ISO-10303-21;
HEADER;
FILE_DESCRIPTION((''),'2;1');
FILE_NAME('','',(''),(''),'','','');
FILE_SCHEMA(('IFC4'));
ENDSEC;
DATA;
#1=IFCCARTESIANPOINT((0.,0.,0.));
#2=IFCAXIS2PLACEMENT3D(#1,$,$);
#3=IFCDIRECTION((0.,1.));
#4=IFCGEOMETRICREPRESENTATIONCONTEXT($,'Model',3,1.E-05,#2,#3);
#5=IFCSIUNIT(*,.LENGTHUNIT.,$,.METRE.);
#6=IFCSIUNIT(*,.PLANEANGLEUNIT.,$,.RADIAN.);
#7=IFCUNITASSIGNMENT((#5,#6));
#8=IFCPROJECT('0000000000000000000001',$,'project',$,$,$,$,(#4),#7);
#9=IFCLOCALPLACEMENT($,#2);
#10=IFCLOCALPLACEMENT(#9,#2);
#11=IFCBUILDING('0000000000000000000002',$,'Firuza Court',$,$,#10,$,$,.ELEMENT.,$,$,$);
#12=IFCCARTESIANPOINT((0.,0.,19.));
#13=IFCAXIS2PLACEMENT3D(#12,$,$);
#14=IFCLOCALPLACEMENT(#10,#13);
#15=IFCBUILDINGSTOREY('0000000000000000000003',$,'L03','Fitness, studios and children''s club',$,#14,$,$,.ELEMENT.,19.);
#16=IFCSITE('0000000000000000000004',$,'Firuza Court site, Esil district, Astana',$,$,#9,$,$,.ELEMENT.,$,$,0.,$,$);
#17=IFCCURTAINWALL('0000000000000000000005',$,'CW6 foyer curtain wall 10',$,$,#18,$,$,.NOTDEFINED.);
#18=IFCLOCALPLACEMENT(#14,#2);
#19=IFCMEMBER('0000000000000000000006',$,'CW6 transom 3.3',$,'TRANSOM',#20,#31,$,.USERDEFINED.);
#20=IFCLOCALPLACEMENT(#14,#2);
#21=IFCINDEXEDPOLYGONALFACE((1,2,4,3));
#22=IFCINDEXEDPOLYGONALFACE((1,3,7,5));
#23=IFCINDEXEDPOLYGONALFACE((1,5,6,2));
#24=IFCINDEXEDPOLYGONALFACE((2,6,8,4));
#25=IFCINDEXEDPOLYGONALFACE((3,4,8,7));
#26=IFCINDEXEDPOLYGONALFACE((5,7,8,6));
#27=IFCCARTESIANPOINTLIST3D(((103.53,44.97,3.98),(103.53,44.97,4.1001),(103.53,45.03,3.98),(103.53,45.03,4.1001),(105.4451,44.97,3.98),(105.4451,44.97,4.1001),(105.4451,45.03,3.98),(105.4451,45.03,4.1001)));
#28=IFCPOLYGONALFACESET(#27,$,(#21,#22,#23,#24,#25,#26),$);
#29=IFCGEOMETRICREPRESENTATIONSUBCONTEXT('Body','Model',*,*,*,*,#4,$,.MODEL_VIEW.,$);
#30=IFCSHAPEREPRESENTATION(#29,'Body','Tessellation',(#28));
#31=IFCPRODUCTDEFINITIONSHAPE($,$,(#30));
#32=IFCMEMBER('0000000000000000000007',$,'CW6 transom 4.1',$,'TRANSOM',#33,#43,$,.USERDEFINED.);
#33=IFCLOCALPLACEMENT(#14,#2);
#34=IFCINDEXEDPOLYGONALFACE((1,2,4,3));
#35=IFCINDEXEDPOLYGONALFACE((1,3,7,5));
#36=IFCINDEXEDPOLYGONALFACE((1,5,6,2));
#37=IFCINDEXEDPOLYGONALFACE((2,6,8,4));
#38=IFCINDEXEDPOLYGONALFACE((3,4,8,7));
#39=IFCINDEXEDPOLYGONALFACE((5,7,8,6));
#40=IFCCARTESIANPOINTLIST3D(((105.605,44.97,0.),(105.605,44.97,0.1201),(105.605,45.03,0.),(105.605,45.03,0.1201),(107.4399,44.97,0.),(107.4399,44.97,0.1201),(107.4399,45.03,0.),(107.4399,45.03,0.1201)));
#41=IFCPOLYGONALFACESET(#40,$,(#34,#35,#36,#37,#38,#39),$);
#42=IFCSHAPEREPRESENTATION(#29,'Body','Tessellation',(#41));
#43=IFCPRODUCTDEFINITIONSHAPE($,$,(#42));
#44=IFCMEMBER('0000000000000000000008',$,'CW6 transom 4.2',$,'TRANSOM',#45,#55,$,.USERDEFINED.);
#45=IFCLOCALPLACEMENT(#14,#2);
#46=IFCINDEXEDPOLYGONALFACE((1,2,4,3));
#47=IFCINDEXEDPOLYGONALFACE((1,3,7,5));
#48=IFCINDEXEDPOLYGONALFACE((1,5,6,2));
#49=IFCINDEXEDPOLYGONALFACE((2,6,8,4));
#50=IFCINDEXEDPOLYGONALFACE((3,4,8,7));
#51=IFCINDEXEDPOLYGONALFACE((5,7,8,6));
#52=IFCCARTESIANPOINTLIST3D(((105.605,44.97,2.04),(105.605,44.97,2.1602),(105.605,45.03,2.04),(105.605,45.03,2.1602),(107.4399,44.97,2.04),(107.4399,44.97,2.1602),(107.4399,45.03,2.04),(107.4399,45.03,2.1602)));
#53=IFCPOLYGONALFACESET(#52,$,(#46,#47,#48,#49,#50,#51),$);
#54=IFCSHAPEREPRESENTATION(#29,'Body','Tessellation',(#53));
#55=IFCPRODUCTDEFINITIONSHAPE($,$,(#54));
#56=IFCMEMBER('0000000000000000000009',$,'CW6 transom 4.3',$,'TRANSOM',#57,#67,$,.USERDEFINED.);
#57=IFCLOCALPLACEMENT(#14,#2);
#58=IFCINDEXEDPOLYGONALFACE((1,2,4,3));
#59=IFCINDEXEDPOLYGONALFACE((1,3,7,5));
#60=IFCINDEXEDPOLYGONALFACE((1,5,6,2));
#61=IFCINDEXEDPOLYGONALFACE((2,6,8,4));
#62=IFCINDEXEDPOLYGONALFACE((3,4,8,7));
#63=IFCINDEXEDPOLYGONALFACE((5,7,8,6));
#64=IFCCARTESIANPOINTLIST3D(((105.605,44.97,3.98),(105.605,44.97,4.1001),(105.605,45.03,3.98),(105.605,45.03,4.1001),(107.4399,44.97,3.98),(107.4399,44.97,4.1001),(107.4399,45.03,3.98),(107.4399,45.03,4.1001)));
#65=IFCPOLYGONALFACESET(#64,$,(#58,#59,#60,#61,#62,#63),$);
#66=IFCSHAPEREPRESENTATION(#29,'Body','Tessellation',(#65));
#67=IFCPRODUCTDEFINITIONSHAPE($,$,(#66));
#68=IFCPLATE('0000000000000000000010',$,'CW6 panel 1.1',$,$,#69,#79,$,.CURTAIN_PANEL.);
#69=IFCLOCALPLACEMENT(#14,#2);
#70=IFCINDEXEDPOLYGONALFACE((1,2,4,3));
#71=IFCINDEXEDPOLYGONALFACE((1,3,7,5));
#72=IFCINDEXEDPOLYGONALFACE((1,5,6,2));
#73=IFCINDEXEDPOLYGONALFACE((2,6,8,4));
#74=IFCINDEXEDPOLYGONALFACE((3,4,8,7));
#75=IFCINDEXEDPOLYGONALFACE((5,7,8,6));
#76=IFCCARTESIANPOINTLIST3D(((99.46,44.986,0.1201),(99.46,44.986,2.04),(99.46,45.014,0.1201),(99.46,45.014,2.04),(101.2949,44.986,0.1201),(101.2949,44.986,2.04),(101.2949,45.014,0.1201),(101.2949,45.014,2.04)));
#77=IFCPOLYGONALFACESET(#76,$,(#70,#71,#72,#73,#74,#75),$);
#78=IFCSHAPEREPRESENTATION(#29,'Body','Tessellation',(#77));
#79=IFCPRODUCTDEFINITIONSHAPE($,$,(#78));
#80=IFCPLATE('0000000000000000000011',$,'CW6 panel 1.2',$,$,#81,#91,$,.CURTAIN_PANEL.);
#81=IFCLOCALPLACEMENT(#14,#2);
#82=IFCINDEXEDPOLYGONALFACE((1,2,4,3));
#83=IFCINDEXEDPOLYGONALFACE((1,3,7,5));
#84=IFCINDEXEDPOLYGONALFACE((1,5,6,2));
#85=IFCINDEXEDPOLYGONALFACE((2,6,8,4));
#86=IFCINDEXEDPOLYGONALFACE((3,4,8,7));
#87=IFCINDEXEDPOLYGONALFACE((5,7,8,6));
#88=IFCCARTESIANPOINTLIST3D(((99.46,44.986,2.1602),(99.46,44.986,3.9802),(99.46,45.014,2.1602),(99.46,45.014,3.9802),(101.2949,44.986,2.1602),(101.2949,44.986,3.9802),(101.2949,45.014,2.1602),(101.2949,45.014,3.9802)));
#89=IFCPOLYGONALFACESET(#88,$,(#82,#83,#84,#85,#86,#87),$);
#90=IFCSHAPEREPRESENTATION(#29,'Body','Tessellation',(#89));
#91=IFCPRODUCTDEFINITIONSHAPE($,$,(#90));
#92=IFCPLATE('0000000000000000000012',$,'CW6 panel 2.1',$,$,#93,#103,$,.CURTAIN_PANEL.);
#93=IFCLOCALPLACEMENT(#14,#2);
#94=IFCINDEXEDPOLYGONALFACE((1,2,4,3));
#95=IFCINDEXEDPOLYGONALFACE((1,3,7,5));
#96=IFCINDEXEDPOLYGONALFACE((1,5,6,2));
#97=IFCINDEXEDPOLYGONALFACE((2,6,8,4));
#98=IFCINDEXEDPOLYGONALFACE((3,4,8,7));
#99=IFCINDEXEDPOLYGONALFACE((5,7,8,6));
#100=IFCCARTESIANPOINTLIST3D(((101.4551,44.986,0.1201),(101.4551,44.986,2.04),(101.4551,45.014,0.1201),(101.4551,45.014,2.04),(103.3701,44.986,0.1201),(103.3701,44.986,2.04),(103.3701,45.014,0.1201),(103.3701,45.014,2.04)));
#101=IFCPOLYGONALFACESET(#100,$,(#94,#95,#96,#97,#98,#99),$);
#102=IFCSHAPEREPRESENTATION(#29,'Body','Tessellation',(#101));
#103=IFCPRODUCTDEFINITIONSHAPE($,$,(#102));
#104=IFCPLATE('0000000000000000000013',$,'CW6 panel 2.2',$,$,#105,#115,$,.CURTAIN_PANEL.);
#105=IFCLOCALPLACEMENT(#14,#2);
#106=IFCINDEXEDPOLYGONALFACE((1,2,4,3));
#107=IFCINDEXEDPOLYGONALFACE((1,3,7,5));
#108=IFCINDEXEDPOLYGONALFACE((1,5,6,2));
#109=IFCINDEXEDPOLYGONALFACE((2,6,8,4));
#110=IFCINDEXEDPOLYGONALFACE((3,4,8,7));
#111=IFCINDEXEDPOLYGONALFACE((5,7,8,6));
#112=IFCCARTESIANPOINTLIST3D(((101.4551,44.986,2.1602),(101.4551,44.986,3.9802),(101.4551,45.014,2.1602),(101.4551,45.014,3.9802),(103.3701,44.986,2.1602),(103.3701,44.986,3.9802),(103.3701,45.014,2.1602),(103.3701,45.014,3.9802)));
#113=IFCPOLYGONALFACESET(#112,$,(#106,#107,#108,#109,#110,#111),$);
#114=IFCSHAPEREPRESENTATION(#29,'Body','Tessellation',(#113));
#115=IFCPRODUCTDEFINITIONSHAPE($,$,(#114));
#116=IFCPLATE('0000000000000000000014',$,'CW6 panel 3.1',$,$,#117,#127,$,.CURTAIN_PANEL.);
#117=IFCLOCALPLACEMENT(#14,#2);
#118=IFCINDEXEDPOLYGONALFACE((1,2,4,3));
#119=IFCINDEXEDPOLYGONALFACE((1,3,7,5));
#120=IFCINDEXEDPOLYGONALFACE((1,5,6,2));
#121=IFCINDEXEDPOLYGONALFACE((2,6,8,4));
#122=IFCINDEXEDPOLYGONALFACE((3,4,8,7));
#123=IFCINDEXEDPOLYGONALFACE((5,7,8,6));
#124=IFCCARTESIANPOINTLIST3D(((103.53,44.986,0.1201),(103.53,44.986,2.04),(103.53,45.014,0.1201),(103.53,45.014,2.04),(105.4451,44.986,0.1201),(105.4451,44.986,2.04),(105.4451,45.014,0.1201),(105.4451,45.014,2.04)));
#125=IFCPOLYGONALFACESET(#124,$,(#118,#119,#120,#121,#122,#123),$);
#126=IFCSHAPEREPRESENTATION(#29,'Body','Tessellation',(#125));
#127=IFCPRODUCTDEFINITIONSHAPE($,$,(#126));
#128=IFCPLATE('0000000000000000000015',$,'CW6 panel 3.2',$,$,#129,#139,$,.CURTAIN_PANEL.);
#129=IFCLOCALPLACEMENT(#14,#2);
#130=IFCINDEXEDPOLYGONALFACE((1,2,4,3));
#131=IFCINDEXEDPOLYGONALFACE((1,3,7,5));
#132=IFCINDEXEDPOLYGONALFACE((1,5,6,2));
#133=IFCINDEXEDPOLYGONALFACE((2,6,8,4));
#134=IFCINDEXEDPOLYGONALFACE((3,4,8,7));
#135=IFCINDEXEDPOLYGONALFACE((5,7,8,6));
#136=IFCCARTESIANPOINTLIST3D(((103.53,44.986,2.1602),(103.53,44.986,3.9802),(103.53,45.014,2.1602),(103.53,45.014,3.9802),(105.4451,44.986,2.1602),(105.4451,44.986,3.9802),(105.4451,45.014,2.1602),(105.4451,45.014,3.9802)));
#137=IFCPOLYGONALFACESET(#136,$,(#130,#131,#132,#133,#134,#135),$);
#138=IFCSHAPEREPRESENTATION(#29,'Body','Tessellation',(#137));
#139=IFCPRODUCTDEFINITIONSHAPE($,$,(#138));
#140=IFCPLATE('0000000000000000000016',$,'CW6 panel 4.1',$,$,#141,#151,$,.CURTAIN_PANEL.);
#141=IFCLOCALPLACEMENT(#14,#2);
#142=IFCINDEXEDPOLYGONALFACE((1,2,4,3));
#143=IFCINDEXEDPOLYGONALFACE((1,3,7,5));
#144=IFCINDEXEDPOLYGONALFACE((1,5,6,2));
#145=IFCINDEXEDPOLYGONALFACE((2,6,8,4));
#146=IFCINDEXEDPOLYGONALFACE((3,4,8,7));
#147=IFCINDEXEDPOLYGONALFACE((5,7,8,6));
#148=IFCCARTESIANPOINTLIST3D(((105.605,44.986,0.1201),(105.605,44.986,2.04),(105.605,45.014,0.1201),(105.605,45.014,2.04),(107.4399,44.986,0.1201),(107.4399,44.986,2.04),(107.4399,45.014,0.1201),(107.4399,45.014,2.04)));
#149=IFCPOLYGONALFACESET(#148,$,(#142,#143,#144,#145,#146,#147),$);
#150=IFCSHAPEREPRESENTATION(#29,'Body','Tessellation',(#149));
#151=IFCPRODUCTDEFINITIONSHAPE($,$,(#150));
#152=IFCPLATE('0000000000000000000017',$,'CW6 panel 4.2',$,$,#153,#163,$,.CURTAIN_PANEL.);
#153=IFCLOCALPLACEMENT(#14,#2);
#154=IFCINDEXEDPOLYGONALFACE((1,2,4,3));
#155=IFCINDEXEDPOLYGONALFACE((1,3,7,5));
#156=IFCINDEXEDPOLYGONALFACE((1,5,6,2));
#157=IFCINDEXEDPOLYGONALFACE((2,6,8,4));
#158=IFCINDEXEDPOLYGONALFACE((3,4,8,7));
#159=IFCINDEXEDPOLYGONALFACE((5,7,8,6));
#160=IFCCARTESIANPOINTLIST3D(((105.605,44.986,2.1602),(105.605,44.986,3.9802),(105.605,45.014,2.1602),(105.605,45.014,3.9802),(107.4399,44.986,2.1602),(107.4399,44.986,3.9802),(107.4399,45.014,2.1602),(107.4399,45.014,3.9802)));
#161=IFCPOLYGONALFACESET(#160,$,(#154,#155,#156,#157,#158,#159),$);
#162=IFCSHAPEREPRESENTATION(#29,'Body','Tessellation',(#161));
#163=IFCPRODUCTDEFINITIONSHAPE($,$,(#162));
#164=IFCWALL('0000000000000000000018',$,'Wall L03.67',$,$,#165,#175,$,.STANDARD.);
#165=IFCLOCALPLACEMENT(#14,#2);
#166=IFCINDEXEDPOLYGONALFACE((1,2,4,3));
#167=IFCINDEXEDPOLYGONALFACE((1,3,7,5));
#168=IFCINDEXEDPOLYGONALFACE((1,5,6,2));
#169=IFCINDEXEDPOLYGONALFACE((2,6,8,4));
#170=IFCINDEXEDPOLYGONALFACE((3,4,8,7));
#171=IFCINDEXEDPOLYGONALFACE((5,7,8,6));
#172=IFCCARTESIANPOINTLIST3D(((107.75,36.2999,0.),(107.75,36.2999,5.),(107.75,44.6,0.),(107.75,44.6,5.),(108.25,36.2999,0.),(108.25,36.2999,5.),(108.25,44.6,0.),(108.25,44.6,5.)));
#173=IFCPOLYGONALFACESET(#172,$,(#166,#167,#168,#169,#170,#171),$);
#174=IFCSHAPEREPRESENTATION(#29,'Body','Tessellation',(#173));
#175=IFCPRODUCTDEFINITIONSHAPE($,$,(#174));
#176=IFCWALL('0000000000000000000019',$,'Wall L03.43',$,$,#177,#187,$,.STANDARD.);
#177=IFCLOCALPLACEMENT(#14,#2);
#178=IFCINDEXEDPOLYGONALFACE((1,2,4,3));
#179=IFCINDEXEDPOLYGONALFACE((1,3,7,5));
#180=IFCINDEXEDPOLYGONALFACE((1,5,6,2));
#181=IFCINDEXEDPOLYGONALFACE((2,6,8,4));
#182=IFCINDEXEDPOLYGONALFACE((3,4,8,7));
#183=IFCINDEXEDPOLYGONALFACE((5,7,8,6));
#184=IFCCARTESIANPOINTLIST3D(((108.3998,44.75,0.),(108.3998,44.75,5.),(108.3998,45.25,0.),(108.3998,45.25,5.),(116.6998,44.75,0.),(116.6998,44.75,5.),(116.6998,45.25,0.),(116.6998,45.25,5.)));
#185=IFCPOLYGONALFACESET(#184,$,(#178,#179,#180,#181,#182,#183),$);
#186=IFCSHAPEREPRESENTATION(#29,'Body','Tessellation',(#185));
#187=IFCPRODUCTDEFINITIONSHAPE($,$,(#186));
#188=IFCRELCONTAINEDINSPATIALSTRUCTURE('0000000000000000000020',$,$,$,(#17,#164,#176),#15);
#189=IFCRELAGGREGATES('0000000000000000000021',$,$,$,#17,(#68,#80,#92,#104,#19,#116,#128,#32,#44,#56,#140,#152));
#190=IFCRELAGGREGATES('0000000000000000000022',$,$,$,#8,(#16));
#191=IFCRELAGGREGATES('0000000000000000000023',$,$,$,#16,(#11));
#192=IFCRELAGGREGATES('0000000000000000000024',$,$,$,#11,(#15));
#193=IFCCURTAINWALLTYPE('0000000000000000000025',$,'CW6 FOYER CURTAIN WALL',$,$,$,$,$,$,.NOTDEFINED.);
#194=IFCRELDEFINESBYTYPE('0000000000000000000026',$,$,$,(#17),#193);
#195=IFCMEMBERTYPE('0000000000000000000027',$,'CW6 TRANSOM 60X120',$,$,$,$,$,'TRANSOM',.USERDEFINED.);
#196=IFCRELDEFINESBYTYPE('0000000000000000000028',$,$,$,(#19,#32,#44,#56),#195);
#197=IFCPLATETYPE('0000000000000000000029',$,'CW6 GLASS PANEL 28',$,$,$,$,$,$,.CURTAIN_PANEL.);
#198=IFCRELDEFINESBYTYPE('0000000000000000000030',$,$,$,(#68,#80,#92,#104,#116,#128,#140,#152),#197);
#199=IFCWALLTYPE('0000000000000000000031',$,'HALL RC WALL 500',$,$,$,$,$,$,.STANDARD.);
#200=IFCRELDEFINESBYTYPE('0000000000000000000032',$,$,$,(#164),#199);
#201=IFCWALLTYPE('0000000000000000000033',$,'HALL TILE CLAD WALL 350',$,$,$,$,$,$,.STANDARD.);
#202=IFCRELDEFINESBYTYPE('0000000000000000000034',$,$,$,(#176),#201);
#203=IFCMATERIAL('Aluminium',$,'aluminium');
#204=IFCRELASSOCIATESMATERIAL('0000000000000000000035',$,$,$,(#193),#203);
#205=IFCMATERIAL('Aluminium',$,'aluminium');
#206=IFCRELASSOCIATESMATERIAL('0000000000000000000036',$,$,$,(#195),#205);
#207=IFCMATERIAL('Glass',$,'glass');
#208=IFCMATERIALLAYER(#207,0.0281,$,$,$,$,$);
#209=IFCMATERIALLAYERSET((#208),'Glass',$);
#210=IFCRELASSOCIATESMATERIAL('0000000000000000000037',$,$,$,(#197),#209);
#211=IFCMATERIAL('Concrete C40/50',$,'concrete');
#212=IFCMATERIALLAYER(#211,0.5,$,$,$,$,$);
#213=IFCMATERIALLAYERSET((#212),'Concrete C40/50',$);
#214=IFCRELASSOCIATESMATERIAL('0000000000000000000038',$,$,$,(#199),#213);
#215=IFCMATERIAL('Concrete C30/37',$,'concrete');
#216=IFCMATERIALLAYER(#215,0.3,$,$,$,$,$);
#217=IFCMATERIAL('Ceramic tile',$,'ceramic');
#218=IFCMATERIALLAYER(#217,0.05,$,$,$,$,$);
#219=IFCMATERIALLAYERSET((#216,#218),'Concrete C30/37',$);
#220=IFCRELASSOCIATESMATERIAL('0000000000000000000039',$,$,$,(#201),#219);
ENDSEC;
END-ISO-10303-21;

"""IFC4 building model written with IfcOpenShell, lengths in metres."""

from ifc_helpers import new_model, si_unit, direction, frame, frame_2d, origin, origin_2d, place, context, subcontext, project, spatial, rectangle, extrude, material, layer, layer_set, material_profile, profile_set, type_object, element, aggregate, save


model = new_model("IFC4")

# Units and contexts
model_context = context("Model", 3, precision=1e-05, world=origin(), true_north=direction((0.0, 1.0)))
body_context = subcontext(model_context, "Body", "Model", "MODEL_VIEW")
ifc_project = project(units=[si_unit("LENGTHUNIT", "METRE"), si_unit("PLANEANGLEUNIT", "RADIAN")], contexts=[model_context])

# Site, building, storey
site_placement = place(None, origin())
site = spatial("IfcSite", under=ifc_project, at=site_placement, Name="Firuza Court site, Esil district, Astana", CompositionType="ELEMENT", RefElevation=0.0)
building_placement = place(site_placement, origin())
building = spatial("IfcBuilding", under=site, at=building_placement, Name="Firuza Court", CompositionType="ELEMENT")
storey_placement = place(building_placement, frame((0.0, 0.0, 19.0)))
storey = spatial("IfcBuildingStorey", under=building, at=storey_placement, Name="L03", Description="Fitness, studios and children's club", CompositionType="ELEMENT", Elevation=19.0)

# Curtain wall, members, plates
ifc_material_1 = material(Name="Aluminium", Category="aluminium")
curtain_wall_type = type_object("IfcCurtainWallType", Name="CW6 FOYER CURTAIN WALL", PredefinedType="NOTDEFINED", material=ifc_material_1)
curtain_wall_placement = place(storey_placement, origin())
curtain_wall = element("IfcCurtainWall", 1, at=curtain_wall_placement, inside=storey, type_object=curtain_wall_type, Name="CW6 foyer curtain wall 10", PredefinedType="NOTDEFINED")
ifc_material_2 = material(Name="Aluminium", Category="aluminium")
ifc_material_profile_1 = material_profile(ifc_material_2, rectangle(XDim=0.0601, YDim=0.1201, at=origin_2d()), Name="TRANSOM 60X120")
ifc_profile_set_1 = profile_set([ifc_material_profile_1], Name="Aluminium")
member_type_1 = type_object("IfcMemberType", Name="CW6 TRANSOM 60X120", ElementType="TRANSOM", PredefinedType="USERDEFINED", material=ifc_profile_set_1)
member_1_placement = place(storey_placement, frame((103.53, 45.0, 4.04), z_axis=(1.0, 0.0, 0.0), x_axis=(0.0, 1.0, 0.0)))
member_1 = element("IfcMember", 2, at=member_1_placement, type_object=member_type_1, Name="CW6 transom 3.3", ObjectType="TRANSOM", PredefinedType="USERDEFINED", context=body_context, shape_type="SweptSolid", body=[
    extrude(rectangle(XDim=0.0601, YDim=0.1201, at=origin_2d()), origin(), (0.0, 0.0, 1.0), 1.915),
])
member_2_placement = place(storey_placement, frame((105.605, 45.0, 0.0601), z_axis=(1.0, 0.0, 0.0), x_axis=(0.0, 1.0, 0.0)))
member_2 = element("IfcMember", 3, at=member_2_placement, type_object=member_type_1, Name="CW6 transom 4.1", ObjectType="TRANSOM", PredefinedType="USERDEFINED", context=body_context, shape_type="SweptSolid", body=[
    extrude(rectangle(XDim=0.0601, YDim=0.1201, at=origin_2d()), origin(), (0.0, 0.0, 1.0), 1.835),
])
member_3_placement = place(storey_placement, frame((105.605, 45.0, 2.1001), z_axis=(1.0, 0.0, 0.0), x_axis=(0.0, 1.0, 0.0)))
member_3 = element("IfcMember", 4, at=member_3_placement, type_object=member_type_1, Name="CW6 transom 4.2", ObjectType="TRANSOM", PredefinedType="USERDEFINED", context=body_context, shape_type="SweptSolid", body=[
    extrude(rectangle(XDim=0.0601, YDim=0.1201, at=origin_2d()), origin(), (0.0, 0.0, 1.0), 1.835),
])
member_4_placement = place(storey_placement, frame((105.605, 45.0, 4.04), z_axis=(1.0, 0.0, 0.0), x_axis=(0.0, 1.0, 0.0)))
member_4 = element("IfcMember", 5, at=member_4_placement, type_object=member_type_1, Name="CW6 transom 4.3", ObjectType="TRANSOM", PredefinedType="USERDEFINED", context=body_context, shape_type="SweptSolid", body=[
    extrude(rectangle(XDim=0.0601, YDim=0.1201, at=origin_2d()), origin(), (0.0, 0.0, 1.0), 1.835),
])
ifc_material_3 = material(Name="Glass", Category="glass")
ifc_layer_1 = layer(ifc_material_3, 0.0281)
ifc_layer_set_1 = layer_set([ifc_layer_1], Name="Glass")
plate_type = type_object("IfcPlateType", Name="CW6 GLASS PANEL 28", PredefinedType="CURTAIN_PANEL", material=ifc_layer_set_1)
plate_1_placement = place(storey_placement, frame((100.3774, 45.0, 0.1201), z_axis=(0.0, 0.0, 1.0), x_axis=(1.0, 0.0, 0.0)))
plate_1 = element("IfcPlate", 6, at=plate_1_placement, type_object=plate_type, Name="CW6 panel 1.1", PredefinedType="CURTAIN_PANEL", context=body_context, shape_type="SweptSolid", body=[
    extrude(rectangle(XDim=1.835, YDim=0.0281, at=origin_2d()), origin(), (0.0, 0.0, 1.0), 1.9199),
])
plate_2_placement = place(storey_placement, frame((100.3774, 45.0, 2.1602), z_axis=(0.0, 0.0, 1.0), x_axis=(1.0, 0.0, 0.0)))
plate_2 = element("IfcPlate", 7, at=plate_2_placement, type_object=plate_type, Name="CW6 panel 1.2", PredefinedType="CURTAIN_PANEL", context=body_context, shape_type="SweptSolid", body=[
    extrude(rectangle(XDim=1.835, YDim=0.0281, at=origin_2d()), origin(), (0.0, 0.0, 1.0), 1.8201),
])
plate_3_placement = place(storey_placement, frame((102.4126, 45.0, 0.1201), z_axis=(0.0, 0.0, 1.0), x_axis=(1.0, 0.0, 0.0)))
plate_3 = element("IfcPlate", 8, at=plate_3_placement, type_object=plate_type, Name="CW6 panel 2.1", PredefinedType="CURTAIN_PANEL", context=body_context, shape_type="SweptSolid", body=[
    extrude(rectangle(XDim=1.915, YDim=0.0281, at=origin_2d()), origin(), (0.0, 0.0, 1.0), 1.9199),
])
plate_4_placement = place(storey_placement, frame((102.4126, 45.0, 2.1602), z_axis=(0.0, 0.0, 1.0), x_axis=(1.0, 0.0, 0.0)))
plate_4 = element("IfcPlate", 9, at=plate_4_placement, type_object=plate_type, Name="CW6 panel 2.2", PredefinedType="CURTAIN_PANEL", context=body_context, shape_type="SweptSolid", body=[
    extrude(rectangle(XDim=1.915, YDim=0.0281, at=origin_2d()), origin(), (0.0, 0.0, 1.0), 1.8201),
])
plate_5_placement = place(storey_placement, frame((104.4875, 45.0, 0.1201), z_axis=(0.0, 0.0, 1.0), x_axis=(1.0, 0.0, 0.0)))
plate_5 = element("IfcPlate", 10, at=plate_5_placement, type_object=plate_type, Name="CW6 panel 3.1", PredefinedType="CURTAIN_PANEL", context=body_context, shape_type="SweptSolid", body=[
    extrude(rectangle(XDim=1.915, YDim=0.0281, at=origin_2d()), origin(), (0.0, 0.0, 1.0), 1.9199),
])
plate_6_placement = place(storey_placement, frame((104.4875, 45.0, 2.1602), z_axis=(0.0, 0.0, 1.0), x_axis=(1.0, 0.0, 0.0)))
plate_6 = element("IfcPlate", 11, at=plate_6_placement, type_object=plate_type, Name="CW6 panel 3.2", PredefinedType="CURTAIN_PANEL", context=body_context, shape_type="SweptSolid", body=[
    extrude(rectangle(XDim=1.915, YDim=0.0281, at=origin_2d()), origin(), (0.0, 0.0, 1.0), 1.8201),
])
plate_7_placement = place(storey_placement, frame((106.5225, 45.0, 0.1201), z_axis=(0.0, 0.0, 1.0), x_axis=(1.0, 0.0, 0.0)))
plate_7 = element("IfcPlate", 12, at=plate_7_placement, type_object=plate_type, Name="CW6 panel 4.1", PredefinedType="CURTAIN_PANEL", context=body_context, shape_type="SweptSolid", body=[
    extrude(rectangle(XDim=1.835, YDim=0.0281, at=origin_2d()), origin(), (0.0, 0.0, 1.0), 1.9199),
])
plate_8_placement = place(storey_placement, frame((106.5225, 45.0, 2.1602), z_axis=(0.0, 0.0, 1.0), x_axis=(1.0, 0.0, 0.0)))
plate_8 = element("IfcPlate", 13, at=plate_8_placement, type_object=plate_type, Name="CW6 panel 4.2", PredefinedType="CURTAIN_PANEL", context=body_context, shape_type="SweptSolid", body=[
    extrude(rectangle(XDim=1.835, YDim=0.0281, at=origin_2d()), origin(), (0.0, 0.0, 1.0), 1.8201),
])
aggregate(curtain_wall, [plate_1, plate_2, plate_3, plate_4, member_1, plate_5, plate_6, member_2, member_3, member_4, plate_7, plate_8])

# Walls
ifc_material_4 = material(Name="Concrete C40/50", Category="concrete")
ifc_layer_2 = layer(ifc_material_4, 0.5)
ifc_layer_set_2 = layer_set([ifc_layer_2], Name="Concrete C40/50")
wall_type_1 = type_object("IfcWallType", Name="HALL RC WALL 500", PredefinedType="STANDARD", material=ifc_layer_set_2)
wall_1_placement = place(storey_placement, frame((108.0, 36.3, 0.0), z_axis=(0.0, 0.0, 1.0), x_axis=(0.0, 1.0, 0.0)))
element("IfcWall", 14, at=wall_1_placement, inside=storey, type_object=wall_type_1, Name="Wall L03.67", PredefinedType="STANDARD", context=body_context, shape_type="SweptSolid", body=[
    extrude(rectangle(XDim=8.3, YDim=0.5, at=frame_2d((4.1499, 0.0))), origin(), (0.0, 0.0, 1.0), 5.0),
])
ifc_material_5 = material(Name="Concrete C30/37", Category="concrete")
ifc_layer_3 = layer(ifc_material_5, 0.3)
ifc_material_6 = material(Name="Ceramic tile", Category="ceramic")
ifc_layer_4 = layer(ifc_material_6, 0.05)
ifc_layer_set_3 = layer_set([ifc_layer_3, ifc_layer_4], Name="Concrete C30/37")
wall_type_2 = type_object("IfcWallType", Name="HALL TILE CLAD WALL 350", PredefinedType="STANDARD", material=ifc_layer_set_3)
wall_2_placement = place(storey_placement, frame((108.3999, 45.0, 0.0), z_axis=(0.0, 0.0, 1.0), x_axis=(1.0, 0.0, 0.0)))
element("IfcWall", 15, at=wall_2_placement, inside=storey, type_object=wall_type_2, Name="Wall L03.43", PredefinedType="STANDARD", context=body_context, shape_type="SweptSolid", body=[
    extrude(rectangle(XDim=8.3, YDim=0.5, at=frame_2d((4.1499, 0.0))), origin(), (0.0, 0.0, 1.0), 5.0),
])

save(model, "model.ifc")
